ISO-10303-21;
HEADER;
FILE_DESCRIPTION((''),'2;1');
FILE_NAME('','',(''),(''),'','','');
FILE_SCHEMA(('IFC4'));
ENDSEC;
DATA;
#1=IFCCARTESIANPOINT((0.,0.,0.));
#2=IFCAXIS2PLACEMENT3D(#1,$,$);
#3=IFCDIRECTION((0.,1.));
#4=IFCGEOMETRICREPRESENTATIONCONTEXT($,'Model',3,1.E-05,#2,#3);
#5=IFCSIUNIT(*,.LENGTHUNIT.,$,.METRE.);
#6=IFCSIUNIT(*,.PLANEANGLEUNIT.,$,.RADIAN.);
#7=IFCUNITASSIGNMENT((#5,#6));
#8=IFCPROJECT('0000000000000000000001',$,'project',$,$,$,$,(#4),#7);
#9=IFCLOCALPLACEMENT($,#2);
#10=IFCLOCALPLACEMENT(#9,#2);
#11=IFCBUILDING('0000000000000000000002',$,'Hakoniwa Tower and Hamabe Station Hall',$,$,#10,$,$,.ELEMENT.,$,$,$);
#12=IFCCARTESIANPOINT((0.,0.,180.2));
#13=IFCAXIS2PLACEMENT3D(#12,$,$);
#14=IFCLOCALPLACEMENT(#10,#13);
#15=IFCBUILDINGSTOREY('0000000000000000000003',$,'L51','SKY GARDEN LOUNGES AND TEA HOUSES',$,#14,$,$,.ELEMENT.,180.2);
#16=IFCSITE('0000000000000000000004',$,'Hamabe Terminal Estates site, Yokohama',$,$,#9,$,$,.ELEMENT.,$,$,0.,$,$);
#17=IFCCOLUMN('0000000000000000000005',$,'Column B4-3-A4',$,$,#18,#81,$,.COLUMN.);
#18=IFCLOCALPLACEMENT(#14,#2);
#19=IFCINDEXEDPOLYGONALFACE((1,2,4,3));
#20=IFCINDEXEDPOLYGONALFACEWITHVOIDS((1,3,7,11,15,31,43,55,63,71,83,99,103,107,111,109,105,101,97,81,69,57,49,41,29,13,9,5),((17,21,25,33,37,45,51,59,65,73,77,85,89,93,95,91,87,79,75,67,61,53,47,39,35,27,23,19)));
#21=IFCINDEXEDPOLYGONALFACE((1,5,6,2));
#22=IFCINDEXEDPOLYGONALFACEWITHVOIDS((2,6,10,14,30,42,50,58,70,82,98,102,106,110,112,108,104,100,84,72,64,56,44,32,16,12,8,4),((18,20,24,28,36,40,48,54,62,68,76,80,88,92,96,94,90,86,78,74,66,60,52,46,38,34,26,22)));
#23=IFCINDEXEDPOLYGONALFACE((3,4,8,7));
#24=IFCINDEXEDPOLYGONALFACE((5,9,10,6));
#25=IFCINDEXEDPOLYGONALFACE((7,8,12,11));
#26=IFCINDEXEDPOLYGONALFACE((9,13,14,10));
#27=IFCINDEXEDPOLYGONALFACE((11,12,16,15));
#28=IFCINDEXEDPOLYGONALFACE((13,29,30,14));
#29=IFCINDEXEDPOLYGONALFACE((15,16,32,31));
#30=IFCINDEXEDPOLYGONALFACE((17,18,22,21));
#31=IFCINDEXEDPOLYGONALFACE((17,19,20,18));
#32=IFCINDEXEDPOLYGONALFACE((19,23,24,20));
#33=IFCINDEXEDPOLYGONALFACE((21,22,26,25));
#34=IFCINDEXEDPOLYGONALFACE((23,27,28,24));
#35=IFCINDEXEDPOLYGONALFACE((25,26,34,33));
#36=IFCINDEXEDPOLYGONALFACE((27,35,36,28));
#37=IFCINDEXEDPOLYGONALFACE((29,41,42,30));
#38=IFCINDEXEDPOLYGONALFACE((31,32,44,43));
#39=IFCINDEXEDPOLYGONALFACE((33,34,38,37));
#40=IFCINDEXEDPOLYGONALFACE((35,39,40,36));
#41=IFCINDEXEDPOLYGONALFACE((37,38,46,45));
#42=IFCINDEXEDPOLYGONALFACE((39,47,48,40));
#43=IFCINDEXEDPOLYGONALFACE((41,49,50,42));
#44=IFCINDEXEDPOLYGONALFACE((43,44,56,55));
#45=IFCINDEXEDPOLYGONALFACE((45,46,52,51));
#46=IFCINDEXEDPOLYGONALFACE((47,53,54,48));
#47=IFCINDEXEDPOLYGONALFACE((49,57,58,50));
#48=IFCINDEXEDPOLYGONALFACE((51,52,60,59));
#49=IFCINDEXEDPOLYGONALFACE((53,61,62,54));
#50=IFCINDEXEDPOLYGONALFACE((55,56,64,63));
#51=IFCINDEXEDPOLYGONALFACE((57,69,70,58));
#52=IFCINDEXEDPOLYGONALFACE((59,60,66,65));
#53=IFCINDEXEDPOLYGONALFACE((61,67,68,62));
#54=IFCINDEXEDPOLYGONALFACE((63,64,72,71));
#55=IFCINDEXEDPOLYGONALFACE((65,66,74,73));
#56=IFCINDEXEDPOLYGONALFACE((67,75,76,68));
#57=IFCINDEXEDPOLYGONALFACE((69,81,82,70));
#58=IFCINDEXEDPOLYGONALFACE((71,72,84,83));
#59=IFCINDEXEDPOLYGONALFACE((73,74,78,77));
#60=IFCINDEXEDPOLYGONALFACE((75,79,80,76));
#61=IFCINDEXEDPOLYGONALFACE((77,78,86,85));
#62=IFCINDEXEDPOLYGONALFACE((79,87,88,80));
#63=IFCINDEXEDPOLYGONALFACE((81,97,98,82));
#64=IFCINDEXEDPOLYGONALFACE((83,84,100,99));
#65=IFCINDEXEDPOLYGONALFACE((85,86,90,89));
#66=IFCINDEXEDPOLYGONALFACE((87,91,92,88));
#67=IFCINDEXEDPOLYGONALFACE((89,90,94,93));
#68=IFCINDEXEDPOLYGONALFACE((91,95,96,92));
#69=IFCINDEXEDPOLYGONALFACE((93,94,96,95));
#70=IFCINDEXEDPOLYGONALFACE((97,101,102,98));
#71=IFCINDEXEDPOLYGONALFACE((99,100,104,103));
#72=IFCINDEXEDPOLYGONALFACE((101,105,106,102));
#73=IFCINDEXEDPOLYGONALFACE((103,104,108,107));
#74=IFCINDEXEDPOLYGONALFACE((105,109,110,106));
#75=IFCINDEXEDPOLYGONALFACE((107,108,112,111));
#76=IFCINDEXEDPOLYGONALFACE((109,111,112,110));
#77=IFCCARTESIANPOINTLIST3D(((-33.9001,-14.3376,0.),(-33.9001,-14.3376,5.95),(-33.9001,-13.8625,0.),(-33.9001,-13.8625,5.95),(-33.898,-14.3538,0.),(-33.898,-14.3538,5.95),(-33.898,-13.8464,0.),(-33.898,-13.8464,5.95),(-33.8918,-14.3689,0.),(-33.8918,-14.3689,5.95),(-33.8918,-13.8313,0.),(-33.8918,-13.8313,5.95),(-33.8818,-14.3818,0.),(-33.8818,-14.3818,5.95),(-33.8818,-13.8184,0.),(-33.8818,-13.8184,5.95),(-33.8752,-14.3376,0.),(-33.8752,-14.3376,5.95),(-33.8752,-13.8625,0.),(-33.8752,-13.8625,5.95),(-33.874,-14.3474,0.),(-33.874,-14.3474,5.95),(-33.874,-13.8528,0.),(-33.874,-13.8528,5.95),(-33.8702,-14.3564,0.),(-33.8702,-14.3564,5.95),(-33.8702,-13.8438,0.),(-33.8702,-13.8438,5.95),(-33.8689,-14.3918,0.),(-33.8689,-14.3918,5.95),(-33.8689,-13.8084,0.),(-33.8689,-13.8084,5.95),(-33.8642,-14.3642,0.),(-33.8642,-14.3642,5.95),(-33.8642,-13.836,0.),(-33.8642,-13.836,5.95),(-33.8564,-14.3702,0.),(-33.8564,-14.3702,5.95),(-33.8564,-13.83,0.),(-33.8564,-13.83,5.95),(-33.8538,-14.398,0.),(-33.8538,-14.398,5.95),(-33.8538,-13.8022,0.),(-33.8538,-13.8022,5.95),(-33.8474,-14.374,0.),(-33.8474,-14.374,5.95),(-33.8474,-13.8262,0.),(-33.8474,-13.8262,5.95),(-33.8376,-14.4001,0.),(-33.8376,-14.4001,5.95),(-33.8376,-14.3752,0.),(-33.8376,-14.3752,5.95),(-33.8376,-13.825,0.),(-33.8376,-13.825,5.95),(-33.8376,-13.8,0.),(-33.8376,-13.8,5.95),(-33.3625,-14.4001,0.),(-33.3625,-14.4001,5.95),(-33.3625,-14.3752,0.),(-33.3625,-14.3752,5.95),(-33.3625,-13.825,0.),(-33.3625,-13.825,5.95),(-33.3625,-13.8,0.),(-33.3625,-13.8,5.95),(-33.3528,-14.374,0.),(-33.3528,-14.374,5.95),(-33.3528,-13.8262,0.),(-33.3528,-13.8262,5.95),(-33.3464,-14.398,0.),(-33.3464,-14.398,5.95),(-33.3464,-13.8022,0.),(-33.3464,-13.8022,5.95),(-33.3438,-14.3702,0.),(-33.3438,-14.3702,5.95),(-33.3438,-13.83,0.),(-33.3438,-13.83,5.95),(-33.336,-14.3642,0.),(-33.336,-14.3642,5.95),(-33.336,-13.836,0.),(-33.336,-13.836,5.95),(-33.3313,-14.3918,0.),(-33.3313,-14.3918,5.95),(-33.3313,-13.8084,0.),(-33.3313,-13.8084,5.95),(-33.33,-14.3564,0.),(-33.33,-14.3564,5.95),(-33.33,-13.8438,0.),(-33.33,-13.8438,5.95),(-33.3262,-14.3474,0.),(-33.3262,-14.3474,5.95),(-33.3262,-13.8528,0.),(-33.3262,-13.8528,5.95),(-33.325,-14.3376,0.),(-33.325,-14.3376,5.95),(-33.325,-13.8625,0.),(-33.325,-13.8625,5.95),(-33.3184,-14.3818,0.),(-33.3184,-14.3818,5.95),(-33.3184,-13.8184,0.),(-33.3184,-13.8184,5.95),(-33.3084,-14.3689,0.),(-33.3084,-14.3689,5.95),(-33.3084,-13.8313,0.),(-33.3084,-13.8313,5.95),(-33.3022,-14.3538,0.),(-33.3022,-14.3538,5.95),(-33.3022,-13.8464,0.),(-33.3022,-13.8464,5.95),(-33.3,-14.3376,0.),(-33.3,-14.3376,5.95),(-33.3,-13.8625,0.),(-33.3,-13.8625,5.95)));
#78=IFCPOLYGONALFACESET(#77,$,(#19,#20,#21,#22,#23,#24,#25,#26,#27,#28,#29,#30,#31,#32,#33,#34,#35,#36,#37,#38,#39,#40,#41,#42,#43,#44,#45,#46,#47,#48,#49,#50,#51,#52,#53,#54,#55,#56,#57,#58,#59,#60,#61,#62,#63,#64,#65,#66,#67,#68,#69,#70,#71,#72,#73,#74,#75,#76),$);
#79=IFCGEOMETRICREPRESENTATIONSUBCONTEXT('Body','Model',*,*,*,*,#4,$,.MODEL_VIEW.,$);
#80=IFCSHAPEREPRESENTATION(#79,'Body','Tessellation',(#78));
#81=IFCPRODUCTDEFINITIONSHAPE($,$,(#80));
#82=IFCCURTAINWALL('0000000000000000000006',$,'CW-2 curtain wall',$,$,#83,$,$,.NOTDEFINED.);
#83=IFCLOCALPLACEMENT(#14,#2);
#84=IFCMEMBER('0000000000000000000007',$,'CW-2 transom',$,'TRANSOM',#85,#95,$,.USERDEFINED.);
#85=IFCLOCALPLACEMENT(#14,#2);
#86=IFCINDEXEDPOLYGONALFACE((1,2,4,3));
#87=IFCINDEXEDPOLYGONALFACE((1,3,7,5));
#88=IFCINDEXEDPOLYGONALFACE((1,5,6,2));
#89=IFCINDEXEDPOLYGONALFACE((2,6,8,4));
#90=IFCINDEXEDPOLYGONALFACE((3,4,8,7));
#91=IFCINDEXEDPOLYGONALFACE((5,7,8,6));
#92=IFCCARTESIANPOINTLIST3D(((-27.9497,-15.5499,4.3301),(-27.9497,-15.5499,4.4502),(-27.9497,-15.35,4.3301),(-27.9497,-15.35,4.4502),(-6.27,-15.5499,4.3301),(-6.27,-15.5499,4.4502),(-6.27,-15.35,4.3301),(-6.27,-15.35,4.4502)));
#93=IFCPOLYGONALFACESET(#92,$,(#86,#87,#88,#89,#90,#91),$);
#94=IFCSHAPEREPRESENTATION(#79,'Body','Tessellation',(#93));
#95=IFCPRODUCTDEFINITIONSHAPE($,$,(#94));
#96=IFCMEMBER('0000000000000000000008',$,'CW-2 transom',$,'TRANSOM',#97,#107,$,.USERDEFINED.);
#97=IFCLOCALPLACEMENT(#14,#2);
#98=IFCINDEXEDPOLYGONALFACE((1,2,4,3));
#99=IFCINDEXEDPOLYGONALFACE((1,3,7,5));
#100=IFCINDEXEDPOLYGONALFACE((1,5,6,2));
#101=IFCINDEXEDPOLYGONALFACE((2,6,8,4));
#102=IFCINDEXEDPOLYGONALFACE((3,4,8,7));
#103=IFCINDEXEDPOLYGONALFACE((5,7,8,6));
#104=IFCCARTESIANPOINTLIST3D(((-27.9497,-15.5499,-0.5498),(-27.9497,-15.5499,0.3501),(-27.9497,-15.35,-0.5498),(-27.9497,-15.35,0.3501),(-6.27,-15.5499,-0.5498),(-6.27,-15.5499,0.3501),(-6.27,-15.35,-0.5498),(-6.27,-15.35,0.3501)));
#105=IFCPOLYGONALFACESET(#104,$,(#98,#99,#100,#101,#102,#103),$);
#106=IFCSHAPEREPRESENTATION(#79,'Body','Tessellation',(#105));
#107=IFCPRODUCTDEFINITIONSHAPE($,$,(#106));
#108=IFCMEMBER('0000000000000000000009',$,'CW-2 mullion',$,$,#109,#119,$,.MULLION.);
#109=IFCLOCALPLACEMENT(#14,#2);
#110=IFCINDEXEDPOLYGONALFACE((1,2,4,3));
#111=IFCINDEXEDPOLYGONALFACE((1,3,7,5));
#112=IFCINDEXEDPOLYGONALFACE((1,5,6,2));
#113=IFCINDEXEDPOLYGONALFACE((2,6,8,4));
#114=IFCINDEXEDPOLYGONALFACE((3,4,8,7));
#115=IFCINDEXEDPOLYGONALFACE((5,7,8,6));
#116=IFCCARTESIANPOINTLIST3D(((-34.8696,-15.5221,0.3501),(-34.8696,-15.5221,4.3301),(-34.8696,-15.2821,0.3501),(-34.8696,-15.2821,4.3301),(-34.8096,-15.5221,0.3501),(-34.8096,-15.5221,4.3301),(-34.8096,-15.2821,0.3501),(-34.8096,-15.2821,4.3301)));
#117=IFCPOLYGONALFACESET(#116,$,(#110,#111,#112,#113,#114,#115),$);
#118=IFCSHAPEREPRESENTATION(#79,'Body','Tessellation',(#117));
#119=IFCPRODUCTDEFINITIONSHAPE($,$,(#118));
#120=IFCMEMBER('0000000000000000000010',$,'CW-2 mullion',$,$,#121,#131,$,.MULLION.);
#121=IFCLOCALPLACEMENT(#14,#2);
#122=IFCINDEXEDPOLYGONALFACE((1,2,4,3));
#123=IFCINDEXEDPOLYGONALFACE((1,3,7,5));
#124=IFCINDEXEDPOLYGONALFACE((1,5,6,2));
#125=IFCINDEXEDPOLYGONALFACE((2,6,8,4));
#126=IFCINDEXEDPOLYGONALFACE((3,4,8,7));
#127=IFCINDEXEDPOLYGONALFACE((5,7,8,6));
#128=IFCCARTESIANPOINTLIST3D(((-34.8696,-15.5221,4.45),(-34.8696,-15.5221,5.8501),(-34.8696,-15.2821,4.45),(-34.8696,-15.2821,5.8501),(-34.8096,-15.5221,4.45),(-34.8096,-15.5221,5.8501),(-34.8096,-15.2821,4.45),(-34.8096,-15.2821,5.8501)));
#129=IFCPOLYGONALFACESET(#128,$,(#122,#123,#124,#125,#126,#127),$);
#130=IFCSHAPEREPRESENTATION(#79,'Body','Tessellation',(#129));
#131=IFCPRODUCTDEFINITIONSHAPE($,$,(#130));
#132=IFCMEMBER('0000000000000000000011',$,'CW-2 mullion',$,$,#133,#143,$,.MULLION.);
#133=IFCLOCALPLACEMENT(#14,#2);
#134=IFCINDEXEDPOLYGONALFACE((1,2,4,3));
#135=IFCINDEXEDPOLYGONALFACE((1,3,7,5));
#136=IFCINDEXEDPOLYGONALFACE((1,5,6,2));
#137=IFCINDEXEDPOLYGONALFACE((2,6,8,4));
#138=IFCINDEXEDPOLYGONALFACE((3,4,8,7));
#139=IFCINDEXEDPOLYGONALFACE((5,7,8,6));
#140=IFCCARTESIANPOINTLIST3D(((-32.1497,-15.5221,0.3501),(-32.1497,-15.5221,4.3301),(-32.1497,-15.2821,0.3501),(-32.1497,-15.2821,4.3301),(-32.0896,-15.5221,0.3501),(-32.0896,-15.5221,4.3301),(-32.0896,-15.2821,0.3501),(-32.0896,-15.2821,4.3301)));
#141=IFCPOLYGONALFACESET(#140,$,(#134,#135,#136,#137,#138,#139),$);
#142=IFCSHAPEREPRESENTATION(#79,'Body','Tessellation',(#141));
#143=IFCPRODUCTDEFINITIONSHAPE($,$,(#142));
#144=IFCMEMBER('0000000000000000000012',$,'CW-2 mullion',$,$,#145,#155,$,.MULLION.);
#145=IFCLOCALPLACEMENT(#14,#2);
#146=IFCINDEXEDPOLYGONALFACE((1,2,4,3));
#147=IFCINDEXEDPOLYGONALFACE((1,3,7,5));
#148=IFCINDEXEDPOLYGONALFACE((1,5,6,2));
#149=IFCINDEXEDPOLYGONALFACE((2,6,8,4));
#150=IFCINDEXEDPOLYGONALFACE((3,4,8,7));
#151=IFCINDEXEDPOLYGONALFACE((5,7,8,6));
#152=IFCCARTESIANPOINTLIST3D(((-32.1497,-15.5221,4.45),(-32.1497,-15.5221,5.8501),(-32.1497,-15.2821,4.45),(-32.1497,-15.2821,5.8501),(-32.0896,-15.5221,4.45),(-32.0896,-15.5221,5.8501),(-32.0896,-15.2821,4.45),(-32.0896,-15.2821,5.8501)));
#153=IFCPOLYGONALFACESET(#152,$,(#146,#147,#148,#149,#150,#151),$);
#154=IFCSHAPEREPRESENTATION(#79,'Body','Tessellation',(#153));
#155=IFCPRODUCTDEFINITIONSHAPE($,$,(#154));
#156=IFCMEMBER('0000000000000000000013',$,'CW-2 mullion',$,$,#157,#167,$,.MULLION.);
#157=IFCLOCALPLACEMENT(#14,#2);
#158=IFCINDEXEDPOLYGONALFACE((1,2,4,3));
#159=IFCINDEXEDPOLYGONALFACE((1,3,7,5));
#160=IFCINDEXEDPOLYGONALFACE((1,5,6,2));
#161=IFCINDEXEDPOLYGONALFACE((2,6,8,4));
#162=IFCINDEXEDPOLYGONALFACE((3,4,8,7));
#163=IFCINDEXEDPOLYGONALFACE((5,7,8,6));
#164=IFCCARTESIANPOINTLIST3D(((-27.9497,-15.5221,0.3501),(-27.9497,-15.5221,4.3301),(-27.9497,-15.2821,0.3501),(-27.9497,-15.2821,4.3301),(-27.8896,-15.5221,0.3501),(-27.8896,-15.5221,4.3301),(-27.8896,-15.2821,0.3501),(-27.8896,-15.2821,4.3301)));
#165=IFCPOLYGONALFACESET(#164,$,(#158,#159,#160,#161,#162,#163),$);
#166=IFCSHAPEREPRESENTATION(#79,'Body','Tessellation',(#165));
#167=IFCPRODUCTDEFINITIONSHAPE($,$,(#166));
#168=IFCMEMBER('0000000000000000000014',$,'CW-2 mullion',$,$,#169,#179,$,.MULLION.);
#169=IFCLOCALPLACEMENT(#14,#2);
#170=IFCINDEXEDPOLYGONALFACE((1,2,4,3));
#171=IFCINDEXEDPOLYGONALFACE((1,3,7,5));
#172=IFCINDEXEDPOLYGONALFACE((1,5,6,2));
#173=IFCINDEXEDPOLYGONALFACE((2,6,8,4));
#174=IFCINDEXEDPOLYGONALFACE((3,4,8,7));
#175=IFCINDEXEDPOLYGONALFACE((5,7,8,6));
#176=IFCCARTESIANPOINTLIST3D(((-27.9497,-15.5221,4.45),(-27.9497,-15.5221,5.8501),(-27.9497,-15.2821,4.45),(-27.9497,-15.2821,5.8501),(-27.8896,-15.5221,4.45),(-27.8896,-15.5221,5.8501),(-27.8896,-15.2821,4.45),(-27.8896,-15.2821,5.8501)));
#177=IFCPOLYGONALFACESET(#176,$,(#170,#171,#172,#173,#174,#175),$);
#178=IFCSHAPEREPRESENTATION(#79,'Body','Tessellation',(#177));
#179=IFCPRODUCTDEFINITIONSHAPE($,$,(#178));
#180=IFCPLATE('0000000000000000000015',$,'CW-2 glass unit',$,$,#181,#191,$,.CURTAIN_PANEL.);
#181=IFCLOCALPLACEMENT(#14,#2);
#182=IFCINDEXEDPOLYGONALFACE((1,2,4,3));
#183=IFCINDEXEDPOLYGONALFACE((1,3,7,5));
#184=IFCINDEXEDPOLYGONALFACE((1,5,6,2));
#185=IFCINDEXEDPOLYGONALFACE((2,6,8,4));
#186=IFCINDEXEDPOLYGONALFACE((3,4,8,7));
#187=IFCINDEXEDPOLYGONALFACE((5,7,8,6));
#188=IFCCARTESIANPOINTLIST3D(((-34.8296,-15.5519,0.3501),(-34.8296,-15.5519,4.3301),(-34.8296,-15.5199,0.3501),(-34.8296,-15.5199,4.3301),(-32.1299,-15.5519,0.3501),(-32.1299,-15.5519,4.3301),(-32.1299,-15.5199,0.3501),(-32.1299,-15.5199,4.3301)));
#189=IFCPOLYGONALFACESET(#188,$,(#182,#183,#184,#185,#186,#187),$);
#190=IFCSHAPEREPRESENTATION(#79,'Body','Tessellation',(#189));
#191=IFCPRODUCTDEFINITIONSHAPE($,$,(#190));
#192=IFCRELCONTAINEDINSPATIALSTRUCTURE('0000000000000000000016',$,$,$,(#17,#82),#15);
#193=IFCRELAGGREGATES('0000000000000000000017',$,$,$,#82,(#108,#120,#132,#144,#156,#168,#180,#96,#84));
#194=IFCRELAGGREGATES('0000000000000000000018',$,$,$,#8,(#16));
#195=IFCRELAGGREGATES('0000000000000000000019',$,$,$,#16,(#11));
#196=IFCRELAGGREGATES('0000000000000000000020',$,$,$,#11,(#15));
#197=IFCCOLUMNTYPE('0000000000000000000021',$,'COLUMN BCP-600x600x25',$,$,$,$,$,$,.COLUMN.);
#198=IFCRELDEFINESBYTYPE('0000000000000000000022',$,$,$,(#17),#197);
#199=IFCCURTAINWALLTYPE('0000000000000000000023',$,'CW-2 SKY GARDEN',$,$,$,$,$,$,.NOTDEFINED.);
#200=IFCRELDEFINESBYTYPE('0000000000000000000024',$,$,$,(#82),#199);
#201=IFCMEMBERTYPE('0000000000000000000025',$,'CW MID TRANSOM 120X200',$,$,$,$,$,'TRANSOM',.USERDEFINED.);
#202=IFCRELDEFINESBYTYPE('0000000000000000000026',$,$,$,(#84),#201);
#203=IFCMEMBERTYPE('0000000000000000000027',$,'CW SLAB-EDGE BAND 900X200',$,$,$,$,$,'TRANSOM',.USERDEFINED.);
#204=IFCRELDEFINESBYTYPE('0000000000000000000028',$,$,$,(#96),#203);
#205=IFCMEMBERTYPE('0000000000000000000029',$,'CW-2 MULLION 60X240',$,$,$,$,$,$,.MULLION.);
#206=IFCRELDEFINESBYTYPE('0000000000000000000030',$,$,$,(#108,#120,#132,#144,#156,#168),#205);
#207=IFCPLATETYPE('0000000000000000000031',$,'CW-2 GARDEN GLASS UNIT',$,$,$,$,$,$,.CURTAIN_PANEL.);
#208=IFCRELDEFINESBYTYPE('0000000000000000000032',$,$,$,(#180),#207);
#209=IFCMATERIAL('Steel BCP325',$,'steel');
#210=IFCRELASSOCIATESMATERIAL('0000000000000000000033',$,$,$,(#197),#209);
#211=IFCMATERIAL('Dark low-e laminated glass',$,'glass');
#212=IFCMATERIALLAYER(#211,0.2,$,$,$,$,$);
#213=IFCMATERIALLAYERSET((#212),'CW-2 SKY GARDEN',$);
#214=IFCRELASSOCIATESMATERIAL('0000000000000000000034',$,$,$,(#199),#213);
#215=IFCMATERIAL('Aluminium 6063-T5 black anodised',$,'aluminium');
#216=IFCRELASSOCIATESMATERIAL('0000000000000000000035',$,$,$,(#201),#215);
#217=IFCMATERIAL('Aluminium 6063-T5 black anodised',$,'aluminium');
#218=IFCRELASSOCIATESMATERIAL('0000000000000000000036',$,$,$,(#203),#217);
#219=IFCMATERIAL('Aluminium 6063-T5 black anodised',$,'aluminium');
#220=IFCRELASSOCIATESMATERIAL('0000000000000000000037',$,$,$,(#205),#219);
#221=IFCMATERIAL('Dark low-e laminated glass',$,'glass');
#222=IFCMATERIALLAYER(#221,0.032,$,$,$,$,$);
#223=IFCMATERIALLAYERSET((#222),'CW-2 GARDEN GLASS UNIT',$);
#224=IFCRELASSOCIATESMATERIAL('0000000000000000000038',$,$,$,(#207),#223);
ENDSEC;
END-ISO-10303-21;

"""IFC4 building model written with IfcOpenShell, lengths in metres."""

from ifc_helpers import new_model, si_unit, direction, frame, origin, origin_2d, place, context, subcontext, project, spatial, rectangle, hollow_rectangle, extrude, material, layer, layer_set, material_profile, profile_set, type_object, element, aggregate, save


model = new_model("IFC4")

# Units and contexts
model_context = context("Model", 3, precision=1e-05, world=origin(), true_north=direction((0.0, 1.0)))
body_context = subcontext(model_context, "Body", "Model", "MODEL_VIEW")
ifc_project = project(units=[si_unit("LENGTHUNIT", "METRE"), si_unit("PLANEANGLEUNIT", "RADIAN")], contexts=[model_context])

# Site, building, storey
site_placement = place(None, origin())
site = spatial("IfcSite", under=ifc_project, at=site_placement, Name="Hamabe Terminal Estates site, Yokohama", CompositionType="ELEMENT", RefElevation=0.0)
building_placement = place(site_placement, origin())
building = spatial("IfcBuilding", under=site, at=building_placement, Name="Hakoniwa Tower and Hamabe Station Hall", CompositionType="ELEMENT")
storey_placement = place(building_placement, frame((0.0, 0.0, 180.2)))
storey = spatial("IfcBuildingStorey", under=building, at=storey_placement, Name="L51", Description="SKY GARDEN LOUNGES AND TEA HOUSES", CompositionType="ELEMENT", Elevation=180.2)

# Column
ifc_material_1 = material(Name="Steel BCP325", Category="steel")
ifc_material_profile_1 = material_profile(ifc_material_1, hollow_rectangle(XDim=0.6001, YDim=0.6001, WallThickness=0.0249, InnerFilletRadius=0.0376, OuterFilletRadius=0.0625, at=origin_2d()), Name="BCP-600x600x25")
ifc_profile_set_1 = profile_set([ifc_material_profile_1], Name="Steel BCP325")
column_type = type_object("IfcColumnType", Name="COLUMN BCP-600x600x25", PredefinedType="COLUMN", material=ifc_profile_set_1)
column_placement = place(storey_placement, frame((-33.6001, -14.1001, 0.0), z_axis=(0.0, 0.0, 1.0), x_axis=(1.0, 0.0, 0.0)))
element("IfcColumn", 1, at=column_placement, inside=storey, type_object=column_type, Name="Column B4-3-A4", PredefinedType="COLUMN", context=body_context, shape_type="SweptSolid", body=[
    extrude(hollow_rectangle(XDim=0.6001, YDim=0.6001, WallThickness=0.0249, InnerFilletRadius=0.0376, OuterFilletRadius=0.0625, at=origin_2d()), origin(), (0.0, 0.0, 1.0), 5.95),
])

# Curtain wall, members, plate
ifc_material_2 = material(Name="Dark low-e laminated glass", Category="glass")
ifc_layer_1 = layer(ifc_material_2, 0.2)
ifc_layer_set_1 = layer_set([ifc_layer_1], Name="CW-2 SKY GARDEN")
curtain_wall_type = type_object("IfcCurtainWallType", Name="CW-2 SKY GARDEN", PredefinedType="NOTDEFINED", material=ifc_layer_set_1)
curtain_wall_placement = place(storey_placement, origin())
curtain_wall = element("IfcCurtainWall", 2, at=curtain_wall_placement, inside=storey, type_object=curtain_wall_type, Name="CW-2 curtain wall", PredefinedType="NOTDEFINED")
ifc_material_3 = material(Name="Aluminium 6063-T5 black anodised", Category="aluminium")
ifc_material_profile_2 = material_profile(ifc_material_3, rectangle(XDim=0.2, YDim=0.1201, at=origin_2d()), Name="CW MID TRANSOM 120X200")
ifc_profile_set_2 = profile_set([ifc_material_profile_2], Name="Aluminium 6063-T5 black anodised")
member_type_1 = type_object("IfcMemberType", Name="CW MID TRANSOM 120X200", ElementType="TRANSOM", PredefinedType="USERDEFINED", material=ifc_profile_set_2)
member_1_placement = place(storey_placement, frame((-27.9497, -15.45, 4.3901), z_axis=(1.0, 0.0, 0.0), x_axis=(0.0, 1.0, 0.0)))
member_1 = element("IfcMember", 3, at=member_1_placement, type_object=member_type_1, Name="CW-2 transom", ObjectType="TRANSOM", PredefinedType="USERDEFINED", context=body_context, shape_type="SweptSolid", body=[
    extrude(rectangle(XDim=0.2, YDim=0.1201, at=origin_2d()), origin(), (0.0, 0.0, 1.0), 21.6797),
])
ifc_material_4 = material(Name="Aluminium 6063-T5 black anodised", Category="aluminium")
ifc_material_profile_3 = material_profile(ifc_material_4, rectangle(XDim=0.2, YDim=0.8999, at=origin_2d()), Name="CW SLAB-EDGE BAND 900X200")
ifc_profile_set_3 = profile_set([ifc_material_profile_3], Name="Aluminium 6063-T5 black anodised")
member_type_2 = type_object("IfcMemberType", Name="CW SLAB-EDGE BAND 900X200", ElementType="TRANSOM", PredefinedType="USERDEFINED", material=ifc_profile_set_3)
member_2_placement = place(storey_placement, frame((-27.9497, -15.45, -0.0999), z_axis=(1.0, 0.0, 0.0), x_axis=(0.0, 1.0, 0.0)))
member_2 = element("IfcMember", 4, at=member_2_placement, type_object=member_type_2, Name="CW-2 transom", ObjectType="TRANSOM", PredefinedType="USERDEFINED", context=body_context, shape_type="SweptSolid", body=[
    extrude(rectangle(XDim=0.2, YDim=0.8999, at=origin_2d()), origin(), (0.0, 0.0, 1.0), 21.6797),
])
ifc_material_5 = material(Name="Aluminium 6063-T5 black anodised", Category="aluminium")
ifc_material_profile_4 = material_profile(ifc_material_5, rectangle(XDim=0.0601, YDim=0.24, at=origin_2d()), Name="CW-2 MULLION 60X240")
ifc_profile_set_4 = profile_set([ifc_material_profile_4], Name="Aluminium 6063-T5 black anodised")
member_type_3 = type_object("IfcMemberType", Name="CW-2 MULLION 60X240", PredefinedType="MULLION", material=ifc_profile_set_4)
member_3_placement = place(storey_placement, frame((-34.8396, -15.4021, 0.3501), z_axis=(0.0, 0.0, 1.0), x_axis=(1.0, 0.0, 0.0)))
member_3 = element("IfcMember", 5, at=member_3_placement, type_object=member_type_3, Name="CW-2 mullion", PredefinedType="MULLION", context=body_context, shape_type="SweptSolid", body=[
    extrude(rectangle(XDim=0.0601, YDim=0.24, at=origin_2d()), origin(), (0.0, 0.0, 1.0), 3.98),
])
member_4_placement = place(storey_placement, frame((-34.8396, -15.4021, 4.45), z_axis=(0.0, 0.0, 1.0), x_axis=(1.0, 0.0, 0.0)))
member_4 = element("IfcMember", 6, at=member_4_placement, type_object=member_type_3, Name="CW-2 mullion", PredefinedType="MULLION", context=body_context, shape_type="SweptSolid", body=[
    extrude(rectangle(XDim=0.0601, YDim=0.24, at=origin_2d()), origin(), (0.0, 0.0, 1.0), 1.4001),
])
member_5_placement = place(storey_placement, frame((-32.1196, -15.4021, 0.3501), z_axis=(0.0, 0.0, 1.0), x_axis=(1.0, 0.0, 0.0)))
member_5 = element("IfcMember", 7, at=member_5_placement, type_object=member_type_3, Name="CW-2 mullion", PredefinedType="MULLION", context=body_context, shape_type="SweptSolid", body=[
    extrude(rectangle(XDim=0.0601, YDim=0.24, at=origin_2d()), origin(), (0.0, 0.0, 1.0), 3.98),
])
member_6_placement = place(storey_placement, frame((-32.1196, -15.4021, 4.45), z_axis=(0.0, 0.0, 1.0), x_axis=(1.0, 0.0, 0.0)))
member_6 = element("IfcMember", 8, at=member_6_placement, type_object=member_type_3, Name="CW-2 mullion", PredefinedType="MULLION", context=body_context, shape_type="SweptSolid", body=[
    extrude(rectangle(XDim=0.0601, YDim=0.24, at=origin_2d()), origin(), (0.0, 0.0, 1.0), 1.4001),
])
member_7_placement = place(storey_placement, frame((-27.9197, -15.4021, 0.3501), z_axis=(0.0, 0.0, 1.0), x_axis=(1.0, 0.0, 0.0)))
member_7 = element("IfcMember", 9, at=member_7_placement, type_object=member_type_3, Name="CW-2 mullion", PredefinedType="MULLION", context=body_context, shape_type="SweptSolid", body=[
    extrude(rectangle(XDim=0.0601, YDim=0.24, at=origin_2d()), origin(), (0.0, 0.0, 1.0), 3.98),
])
member_8_placement = place(storey_placement, frame((-27.9197, -15.4021, 4.45), z_axis=(0.0, 0.0, 1.0), x_axis=(1.0, 0.0, 0.0)))
member_8 = element("IfcMember", 10, at=member_8_placement, type_object=member_type_3, Name="CW-2 mullion", PredefinedType="MULLION", context=body_context, shape_type="SweptSolid", body=[
    extrude(rectangle(XDim=0.0601, YDim=0.24, at=origin_2d()), origin(), (0.0, 0.0, 1.0), 1.4001),
])
ifc_material_6 = material(Name="Dark low-e laminated glass", Category="glass")
ifc_layer_2 = layer(ifc_material_6, 0.032)
ifc_layer_set_2 = layer_set([ifc_layer_2], Name="CW-2 GARDEN GLASS UNIT")
plate_type = type_object("IfcPlateType", Name="CW-2 GARDEN GLASS UNIT", PredefinedType="CURTAIN_PANEL", material=ifc_layer_set_2)
plate_1_placement = place(storey_placement, frame((-33.4797, -15.5359, 0.3501), z_axis=(0.0, 0.0, 1.0), x_axis=(1.0, 0.0, 0.0)))
plate_1 = element("IfcPlate", 11, at=plate_1_placement, type_object=plate_type, Name="CW-2 glass unit", PredefinedType="CURTAIN_PANEL", context=body_context, shape_type="SweptSolid", body=[
    extrude(rectangle(XDim=2.6997, YDim=0.032, at=origin_2d()), origin(), (0.0, 0.0, 1.0), 3.98),
])

aggregate(curtain_wall, [member_3, member_4, member_5, member_6, member_7, member_8, plate_1, member_2, member_1])

save(model, "model.ifc")
